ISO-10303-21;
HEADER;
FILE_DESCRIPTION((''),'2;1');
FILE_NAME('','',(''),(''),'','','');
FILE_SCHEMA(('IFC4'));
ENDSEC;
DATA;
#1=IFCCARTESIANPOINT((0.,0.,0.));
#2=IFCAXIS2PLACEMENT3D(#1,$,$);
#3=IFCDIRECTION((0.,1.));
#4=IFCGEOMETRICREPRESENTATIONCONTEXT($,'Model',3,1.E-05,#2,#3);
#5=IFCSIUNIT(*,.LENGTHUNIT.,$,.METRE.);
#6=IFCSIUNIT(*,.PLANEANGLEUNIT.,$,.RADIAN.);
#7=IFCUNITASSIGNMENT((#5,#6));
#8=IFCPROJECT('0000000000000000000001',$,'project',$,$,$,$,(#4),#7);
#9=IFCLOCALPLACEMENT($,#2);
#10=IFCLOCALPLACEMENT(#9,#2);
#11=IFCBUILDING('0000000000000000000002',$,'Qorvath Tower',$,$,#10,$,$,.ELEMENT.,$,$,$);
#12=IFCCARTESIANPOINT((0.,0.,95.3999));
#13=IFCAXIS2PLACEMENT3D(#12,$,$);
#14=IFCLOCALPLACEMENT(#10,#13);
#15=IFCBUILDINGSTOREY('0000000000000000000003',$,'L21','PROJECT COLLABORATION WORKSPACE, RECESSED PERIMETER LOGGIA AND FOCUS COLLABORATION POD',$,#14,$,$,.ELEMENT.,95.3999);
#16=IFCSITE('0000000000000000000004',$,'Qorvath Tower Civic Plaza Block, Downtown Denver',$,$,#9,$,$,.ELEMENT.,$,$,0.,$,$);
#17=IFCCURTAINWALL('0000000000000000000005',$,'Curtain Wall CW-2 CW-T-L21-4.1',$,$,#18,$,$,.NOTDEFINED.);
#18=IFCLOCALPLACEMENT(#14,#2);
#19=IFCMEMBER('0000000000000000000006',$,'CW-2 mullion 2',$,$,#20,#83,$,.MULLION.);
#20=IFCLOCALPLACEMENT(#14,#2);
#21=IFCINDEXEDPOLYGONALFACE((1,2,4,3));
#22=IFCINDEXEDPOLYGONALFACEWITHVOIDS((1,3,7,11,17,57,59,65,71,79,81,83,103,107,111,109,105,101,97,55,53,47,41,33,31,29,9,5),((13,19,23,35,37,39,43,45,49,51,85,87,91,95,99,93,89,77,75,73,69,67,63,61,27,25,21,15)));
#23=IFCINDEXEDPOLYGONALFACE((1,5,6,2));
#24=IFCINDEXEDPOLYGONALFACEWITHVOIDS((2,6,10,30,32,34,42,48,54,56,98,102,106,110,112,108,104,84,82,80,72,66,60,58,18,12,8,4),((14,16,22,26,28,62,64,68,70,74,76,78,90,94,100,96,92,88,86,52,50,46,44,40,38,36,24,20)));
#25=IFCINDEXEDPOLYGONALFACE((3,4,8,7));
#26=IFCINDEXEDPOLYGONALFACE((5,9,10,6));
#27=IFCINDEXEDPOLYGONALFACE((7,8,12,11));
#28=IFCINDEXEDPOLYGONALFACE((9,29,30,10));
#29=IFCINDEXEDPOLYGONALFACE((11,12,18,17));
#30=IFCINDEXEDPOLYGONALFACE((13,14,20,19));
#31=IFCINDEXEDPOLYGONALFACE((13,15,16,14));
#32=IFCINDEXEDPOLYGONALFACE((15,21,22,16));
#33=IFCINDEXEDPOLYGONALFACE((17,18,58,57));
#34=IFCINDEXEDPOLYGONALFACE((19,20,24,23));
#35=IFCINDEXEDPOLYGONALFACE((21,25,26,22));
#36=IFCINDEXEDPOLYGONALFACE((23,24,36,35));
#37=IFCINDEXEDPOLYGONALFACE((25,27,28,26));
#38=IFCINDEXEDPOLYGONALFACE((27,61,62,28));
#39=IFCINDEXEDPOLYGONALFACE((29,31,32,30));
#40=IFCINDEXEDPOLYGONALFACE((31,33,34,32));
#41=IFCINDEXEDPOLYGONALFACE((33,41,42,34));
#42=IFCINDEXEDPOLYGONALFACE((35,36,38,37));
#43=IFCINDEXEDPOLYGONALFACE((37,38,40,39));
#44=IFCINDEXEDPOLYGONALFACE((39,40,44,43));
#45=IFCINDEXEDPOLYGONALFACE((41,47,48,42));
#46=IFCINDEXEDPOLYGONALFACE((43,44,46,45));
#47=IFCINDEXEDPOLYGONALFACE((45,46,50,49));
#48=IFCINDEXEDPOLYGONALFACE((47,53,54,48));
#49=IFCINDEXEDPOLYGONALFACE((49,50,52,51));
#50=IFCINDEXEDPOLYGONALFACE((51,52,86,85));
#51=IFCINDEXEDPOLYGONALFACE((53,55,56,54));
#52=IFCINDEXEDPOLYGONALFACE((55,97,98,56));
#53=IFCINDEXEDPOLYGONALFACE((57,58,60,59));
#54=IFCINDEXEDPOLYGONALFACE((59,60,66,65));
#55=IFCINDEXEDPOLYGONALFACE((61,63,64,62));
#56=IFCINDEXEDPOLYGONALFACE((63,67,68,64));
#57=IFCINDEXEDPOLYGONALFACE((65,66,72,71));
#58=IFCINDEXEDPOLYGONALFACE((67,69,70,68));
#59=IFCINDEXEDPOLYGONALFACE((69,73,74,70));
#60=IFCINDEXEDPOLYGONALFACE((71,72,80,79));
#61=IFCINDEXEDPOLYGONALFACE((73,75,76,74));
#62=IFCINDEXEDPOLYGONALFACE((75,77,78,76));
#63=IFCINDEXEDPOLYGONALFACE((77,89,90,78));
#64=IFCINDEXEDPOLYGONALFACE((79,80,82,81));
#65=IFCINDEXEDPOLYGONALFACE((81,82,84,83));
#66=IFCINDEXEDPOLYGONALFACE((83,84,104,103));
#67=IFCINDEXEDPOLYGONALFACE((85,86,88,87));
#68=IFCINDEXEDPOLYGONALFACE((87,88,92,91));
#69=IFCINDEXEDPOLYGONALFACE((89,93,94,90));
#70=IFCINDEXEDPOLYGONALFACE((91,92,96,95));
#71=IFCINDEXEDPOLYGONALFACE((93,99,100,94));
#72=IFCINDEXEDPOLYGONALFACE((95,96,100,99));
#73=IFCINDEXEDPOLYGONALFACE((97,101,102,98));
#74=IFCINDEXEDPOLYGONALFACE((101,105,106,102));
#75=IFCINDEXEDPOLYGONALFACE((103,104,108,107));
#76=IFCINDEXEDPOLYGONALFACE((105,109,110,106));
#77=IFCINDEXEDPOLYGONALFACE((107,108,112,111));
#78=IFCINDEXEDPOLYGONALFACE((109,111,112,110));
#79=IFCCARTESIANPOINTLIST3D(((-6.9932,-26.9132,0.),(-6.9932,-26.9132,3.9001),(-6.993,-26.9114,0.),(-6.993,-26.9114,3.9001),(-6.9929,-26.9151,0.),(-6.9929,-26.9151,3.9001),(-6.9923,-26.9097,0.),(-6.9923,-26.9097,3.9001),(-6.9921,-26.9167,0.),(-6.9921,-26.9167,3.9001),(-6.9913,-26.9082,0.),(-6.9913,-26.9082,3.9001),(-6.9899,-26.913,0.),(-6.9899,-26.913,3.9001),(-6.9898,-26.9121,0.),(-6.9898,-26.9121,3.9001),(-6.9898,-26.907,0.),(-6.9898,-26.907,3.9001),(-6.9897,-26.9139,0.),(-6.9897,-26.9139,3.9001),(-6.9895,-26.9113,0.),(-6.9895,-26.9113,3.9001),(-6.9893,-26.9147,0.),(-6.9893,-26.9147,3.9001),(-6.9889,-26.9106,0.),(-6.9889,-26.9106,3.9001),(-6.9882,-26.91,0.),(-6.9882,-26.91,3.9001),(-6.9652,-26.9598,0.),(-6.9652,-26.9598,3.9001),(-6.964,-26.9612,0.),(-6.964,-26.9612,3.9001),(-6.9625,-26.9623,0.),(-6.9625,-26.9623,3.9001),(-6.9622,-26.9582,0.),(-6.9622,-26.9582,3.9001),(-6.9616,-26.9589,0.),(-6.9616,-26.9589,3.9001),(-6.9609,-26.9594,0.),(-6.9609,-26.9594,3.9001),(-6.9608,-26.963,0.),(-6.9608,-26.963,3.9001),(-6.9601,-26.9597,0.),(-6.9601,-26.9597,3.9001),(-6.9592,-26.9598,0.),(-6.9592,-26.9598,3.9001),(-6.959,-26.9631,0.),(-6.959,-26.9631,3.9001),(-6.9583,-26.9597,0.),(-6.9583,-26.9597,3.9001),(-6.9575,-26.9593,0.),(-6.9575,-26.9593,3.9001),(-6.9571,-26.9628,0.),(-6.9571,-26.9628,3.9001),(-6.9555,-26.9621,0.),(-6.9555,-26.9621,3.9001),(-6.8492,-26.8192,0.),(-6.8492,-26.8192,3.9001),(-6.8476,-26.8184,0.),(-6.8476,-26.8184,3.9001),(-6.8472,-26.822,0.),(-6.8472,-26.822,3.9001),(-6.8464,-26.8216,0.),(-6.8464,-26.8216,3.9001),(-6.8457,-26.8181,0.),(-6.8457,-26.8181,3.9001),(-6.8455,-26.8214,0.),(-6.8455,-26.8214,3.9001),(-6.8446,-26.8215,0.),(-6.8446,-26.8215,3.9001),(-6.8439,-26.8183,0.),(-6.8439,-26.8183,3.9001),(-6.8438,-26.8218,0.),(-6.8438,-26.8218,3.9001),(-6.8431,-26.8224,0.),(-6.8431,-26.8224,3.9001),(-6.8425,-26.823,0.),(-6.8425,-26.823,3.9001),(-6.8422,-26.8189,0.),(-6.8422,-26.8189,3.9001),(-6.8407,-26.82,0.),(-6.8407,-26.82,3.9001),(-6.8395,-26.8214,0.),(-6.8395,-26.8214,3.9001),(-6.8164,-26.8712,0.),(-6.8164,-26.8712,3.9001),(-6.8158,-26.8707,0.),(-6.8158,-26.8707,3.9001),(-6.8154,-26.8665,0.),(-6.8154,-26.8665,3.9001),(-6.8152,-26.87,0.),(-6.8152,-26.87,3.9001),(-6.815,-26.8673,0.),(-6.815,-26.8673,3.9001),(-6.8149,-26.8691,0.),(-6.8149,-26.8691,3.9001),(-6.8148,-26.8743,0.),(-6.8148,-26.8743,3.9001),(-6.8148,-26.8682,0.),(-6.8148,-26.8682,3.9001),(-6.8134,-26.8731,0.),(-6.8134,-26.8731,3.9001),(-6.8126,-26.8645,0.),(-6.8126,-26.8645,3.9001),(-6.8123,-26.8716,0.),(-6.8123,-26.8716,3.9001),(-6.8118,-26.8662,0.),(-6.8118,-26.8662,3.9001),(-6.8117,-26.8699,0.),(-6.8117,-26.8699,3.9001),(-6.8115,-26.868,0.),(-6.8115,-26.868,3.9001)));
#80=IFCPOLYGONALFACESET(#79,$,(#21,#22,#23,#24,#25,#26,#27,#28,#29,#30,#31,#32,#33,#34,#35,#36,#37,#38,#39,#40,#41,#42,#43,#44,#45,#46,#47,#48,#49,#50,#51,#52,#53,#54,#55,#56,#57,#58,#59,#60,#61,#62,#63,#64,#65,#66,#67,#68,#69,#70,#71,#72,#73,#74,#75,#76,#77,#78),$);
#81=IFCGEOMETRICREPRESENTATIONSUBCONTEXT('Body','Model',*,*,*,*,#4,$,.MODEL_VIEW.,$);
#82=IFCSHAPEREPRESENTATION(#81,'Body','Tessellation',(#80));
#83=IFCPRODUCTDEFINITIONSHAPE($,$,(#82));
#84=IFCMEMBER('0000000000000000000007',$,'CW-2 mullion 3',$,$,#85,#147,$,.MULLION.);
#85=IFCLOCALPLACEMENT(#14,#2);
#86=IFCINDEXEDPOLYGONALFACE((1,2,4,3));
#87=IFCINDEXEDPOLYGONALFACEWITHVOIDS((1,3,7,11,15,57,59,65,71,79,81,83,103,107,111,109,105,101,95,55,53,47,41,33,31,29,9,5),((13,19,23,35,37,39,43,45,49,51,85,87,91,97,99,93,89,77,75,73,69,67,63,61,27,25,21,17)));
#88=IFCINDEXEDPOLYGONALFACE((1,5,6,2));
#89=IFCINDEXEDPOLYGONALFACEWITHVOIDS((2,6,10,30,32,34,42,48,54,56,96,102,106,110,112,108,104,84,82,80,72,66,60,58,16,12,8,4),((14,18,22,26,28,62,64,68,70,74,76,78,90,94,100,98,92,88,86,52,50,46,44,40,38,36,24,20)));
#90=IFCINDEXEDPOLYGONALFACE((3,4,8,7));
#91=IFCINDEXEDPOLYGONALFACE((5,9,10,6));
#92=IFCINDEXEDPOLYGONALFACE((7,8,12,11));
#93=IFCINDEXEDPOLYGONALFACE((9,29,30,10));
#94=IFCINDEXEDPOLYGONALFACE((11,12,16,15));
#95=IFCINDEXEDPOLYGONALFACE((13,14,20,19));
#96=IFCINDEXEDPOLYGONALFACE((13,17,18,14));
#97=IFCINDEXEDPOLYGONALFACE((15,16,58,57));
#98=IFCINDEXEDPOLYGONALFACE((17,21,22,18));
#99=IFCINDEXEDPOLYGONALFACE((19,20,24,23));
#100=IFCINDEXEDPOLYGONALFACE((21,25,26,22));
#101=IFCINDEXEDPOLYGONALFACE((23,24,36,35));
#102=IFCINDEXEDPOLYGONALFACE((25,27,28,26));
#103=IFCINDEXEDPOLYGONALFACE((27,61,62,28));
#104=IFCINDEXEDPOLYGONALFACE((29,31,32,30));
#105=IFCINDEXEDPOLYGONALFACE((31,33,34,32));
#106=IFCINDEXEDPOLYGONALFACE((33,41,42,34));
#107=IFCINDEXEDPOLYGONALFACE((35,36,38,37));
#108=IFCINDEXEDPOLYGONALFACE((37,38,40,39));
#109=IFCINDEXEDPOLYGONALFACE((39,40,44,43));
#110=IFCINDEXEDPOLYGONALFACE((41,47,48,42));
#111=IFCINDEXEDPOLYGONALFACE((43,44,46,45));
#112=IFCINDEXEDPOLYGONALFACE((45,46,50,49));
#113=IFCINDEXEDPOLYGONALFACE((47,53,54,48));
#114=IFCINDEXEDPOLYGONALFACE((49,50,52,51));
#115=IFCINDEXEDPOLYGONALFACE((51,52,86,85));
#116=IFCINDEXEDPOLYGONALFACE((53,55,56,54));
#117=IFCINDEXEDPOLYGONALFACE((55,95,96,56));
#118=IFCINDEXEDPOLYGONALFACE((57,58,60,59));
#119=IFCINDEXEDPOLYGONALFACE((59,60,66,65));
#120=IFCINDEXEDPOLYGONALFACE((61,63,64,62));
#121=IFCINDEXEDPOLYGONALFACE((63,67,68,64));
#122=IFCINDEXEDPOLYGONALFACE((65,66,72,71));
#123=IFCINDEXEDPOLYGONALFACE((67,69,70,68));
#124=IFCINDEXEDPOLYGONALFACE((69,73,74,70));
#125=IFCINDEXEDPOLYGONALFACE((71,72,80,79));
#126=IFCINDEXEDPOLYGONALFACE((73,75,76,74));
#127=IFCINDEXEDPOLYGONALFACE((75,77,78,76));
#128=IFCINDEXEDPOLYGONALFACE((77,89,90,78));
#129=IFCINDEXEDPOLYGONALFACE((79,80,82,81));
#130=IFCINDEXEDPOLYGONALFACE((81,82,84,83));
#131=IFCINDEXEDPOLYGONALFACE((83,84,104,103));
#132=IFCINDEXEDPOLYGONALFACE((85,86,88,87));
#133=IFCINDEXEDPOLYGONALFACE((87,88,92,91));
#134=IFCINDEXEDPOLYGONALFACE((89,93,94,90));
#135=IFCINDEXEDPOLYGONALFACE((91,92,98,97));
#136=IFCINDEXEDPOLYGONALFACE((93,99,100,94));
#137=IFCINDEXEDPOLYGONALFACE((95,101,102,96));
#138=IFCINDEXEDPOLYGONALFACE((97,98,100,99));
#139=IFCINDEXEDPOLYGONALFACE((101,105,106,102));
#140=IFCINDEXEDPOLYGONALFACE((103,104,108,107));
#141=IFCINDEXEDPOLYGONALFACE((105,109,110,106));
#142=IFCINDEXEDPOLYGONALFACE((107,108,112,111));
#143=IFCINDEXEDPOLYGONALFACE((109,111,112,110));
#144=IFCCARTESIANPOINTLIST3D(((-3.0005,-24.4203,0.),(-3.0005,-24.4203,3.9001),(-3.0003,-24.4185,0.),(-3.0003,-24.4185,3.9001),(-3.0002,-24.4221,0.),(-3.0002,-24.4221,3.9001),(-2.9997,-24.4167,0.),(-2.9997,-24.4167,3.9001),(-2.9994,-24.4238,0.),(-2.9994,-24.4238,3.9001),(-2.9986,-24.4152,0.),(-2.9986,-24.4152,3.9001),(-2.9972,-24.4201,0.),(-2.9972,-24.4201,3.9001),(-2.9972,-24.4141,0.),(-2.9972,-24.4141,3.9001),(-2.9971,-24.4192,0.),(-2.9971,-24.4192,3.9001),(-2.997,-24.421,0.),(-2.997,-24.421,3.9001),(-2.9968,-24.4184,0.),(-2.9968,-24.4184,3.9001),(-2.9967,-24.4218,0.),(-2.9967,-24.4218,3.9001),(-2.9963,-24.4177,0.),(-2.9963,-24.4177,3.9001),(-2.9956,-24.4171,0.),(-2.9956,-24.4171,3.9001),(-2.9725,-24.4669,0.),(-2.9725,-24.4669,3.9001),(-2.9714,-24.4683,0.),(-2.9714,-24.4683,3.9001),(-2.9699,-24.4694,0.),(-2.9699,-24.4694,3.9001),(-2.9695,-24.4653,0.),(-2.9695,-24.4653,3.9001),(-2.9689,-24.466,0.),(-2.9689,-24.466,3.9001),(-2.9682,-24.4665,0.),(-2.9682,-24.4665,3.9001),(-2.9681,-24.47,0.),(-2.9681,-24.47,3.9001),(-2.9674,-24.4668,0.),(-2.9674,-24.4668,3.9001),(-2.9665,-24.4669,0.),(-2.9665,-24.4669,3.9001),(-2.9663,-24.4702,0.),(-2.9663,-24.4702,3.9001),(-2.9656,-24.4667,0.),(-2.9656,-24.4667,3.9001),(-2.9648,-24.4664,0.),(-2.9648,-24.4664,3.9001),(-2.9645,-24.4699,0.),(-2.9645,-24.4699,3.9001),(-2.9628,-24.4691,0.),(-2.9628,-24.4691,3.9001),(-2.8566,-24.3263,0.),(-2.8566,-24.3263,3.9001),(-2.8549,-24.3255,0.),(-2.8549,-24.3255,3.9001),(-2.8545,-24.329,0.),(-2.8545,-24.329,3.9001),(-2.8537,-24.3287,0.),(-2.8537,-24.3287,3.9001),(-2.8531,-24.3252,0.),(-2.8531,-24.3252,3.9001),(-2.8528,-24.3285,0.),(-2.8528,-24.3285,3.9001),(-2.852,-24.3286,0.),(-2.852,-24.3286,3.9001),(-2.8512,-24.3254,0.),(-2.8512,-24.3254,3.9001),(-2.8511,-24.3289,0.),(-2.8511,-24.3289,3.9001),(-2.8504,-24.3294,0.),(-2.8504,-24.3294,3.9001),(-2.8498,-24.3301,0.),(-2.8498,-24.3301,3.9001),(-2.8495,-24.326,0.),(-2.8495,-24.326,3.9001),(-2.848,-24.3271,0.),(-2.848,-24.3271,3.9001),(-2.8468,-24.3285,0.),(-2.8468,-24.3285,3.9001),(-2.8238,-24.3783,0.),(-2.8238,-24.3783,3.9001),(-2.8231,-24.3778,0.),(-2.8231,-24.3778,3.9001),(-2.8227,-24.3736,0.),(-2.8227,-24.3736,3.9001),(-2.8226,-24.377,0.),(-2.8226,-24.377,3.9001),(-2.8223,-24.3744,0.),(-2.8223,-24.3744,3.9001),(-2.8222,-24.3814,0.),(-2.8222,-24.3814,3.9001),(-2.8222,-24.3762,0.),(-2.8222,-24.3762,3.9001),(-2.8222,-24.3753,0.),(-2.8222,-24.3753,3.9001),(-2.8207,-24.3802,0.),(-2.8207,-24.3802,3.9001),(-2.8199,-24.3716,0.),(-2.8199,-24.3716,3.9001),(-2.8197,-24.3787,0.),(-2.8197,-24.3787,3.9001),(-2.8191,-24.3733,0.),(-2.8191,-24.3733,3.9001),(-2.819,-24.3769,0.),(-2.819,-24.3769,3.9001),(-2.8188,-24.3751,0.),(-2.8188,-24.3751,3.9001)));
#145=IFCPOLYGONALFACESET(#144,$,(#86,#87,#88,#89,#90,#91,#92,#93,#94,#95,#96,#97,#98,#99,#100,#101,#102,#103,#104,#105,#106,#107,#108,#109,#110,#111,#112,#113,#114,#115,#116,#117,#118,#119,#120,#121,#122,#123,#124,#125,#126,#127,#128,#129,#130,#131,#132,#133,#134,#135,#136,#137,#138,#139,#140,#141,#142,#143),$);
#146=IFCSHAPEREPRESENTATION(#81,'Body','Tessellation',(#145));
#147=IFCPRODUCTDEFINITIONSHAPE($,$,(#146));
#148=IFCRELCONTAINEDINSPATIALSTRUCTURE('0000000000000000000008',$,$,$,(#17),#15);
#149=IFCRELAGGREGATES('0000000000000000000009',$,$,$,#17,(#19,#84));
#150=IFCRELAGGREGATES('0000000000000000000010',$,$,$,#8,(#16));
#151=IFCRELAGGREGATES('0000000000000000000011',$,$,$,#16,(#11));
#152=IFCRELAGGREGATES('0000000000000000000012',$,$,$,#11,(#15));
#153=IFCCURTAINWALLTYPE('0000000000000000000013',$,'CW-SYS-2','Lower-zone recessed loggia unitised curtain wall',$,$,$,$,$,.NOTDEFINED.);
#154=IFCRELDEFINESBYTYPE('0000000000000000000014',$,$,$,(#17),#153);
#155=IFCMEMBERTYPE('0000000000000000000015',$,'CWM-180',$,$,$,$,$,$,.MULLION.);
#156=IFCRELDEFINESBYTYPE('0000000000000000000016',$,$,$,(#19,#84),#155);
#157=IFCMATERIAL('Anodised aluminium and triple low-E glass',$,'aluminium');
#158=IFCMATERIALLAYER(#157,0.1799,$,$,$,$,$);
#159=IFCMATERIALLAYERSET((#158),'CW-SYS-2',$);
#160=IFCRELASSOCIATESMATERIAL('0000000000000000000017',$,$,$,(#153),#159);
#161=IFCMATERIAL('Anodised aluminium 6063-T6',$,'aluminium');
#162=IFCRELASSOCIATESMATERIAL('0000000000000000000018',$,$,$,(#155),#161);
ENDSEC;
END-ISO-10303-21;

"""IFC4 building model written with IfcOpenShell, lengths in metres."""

from ifc_helpers import new_model, si_unit, direction, frame, origin, origin_2d, place, context, subcontext, project, spatial, hollow_rectangle, extrude, material, layer, layer_set, material_profile, profile_set, type_object, element, aggregate, save


model = new_model("IFC4")

# Units and contexts
model_context = context("Model", 3, precision=1e-05, world=origin(), true_north=direction((0.0, 1.0)))
body_context = subcontext(model_context, "Body", "Model", "MODEL_VIEW")
ifc_project = project(units=[si_unit("LENGTHUNIT", "METRE"), si_unit("PLANEANGLEUNIT", "RADIAN")], contexts=[model_context])

# Site, building, storey
site_placement = place(None, origin())
site = spatial("IfcSite", under=ifc_project, at=site_placement, Name="Qorvath Tower Civic Plaza Block, Downtown Denver", CompositionType="ELEMENT", RefElevation=0.0)
building_placement = place(site_placement, origin())
building = spatial("IfcBuilding", under=site, at=building_placement, Name="Qorvath Tower", CompositionType="ELEMENT")
storey_placement = place(building_placement, frame((0.0, 0.0, 95.3999)))
storey = spatial("IfcBuildingStorey", under=building, at=storey_placement, Name="L21", Description="PROJECT COLLABORATION WORKSPACE, RECESSED PERIMETER LOGGIA AND FOCUS COLLABORATION POD", CompositionType="ELEMENT", Elevation=95.3999)

# Curtain wall, members
ifc_material_1 = material(Name="Anodised aluminium and triple low-E glass", Category="aluminium")
ifc_layer_1 = layer(ifc_material_1, 0.1799)
ifc_layer_set_1 = layer_set([ifc_layer_1], Name="CW-SYS-2")
curtain_wall_type = type_object("IfcCurtainWallType", Name="CW-SYS-2", Description="Lower-zone recessed loggia unitised curtain wall", PredefinedType="NOTDEFINED", material=ifc_layer_set_1)
curtain_wall_1_placement = place(storey_placement, origin())
curtain_wall_1 = element("IfcCurtainWall", 1, at=curtain_wall_1_placement, inside=storey, type_object=curtain_wall_type, Name="Curtain Wall CW-2 CW-T-L21-4.1", PredefinedType="NOTDEFINED")
ifc_material_2 = material(Name="Anodised aluminium 6063-T6", Category="aluminium")
ifc_material_profile_1 = material_profile(ifc_material_2, hollow_rectangle(XDim=0.0649, YDim=0.1799, WallThickness=0.0034, InnerFilletRadius=0.0034, OuterFilletRadius=0.0071, at=origin_2d()), Name="CWM 180x65")
ifc_profile_set_1 = profile_set([ifc_material_profile_1], Name="Anodised aluminium 6063-T6")
member_type_1 = type_object("IfcMemberType", Name="CWM-180", PredefinedType="MULLION", material=ifc_profile_set_1)
member_1_placement = place(storey_placement, frame((-6.9023, -26.8906, 0.0), z_axis=(0.0, 0.0, 1.0), x_axis=(-0.529596, 0.84825, 0.0)))
member_1 = element("IfcMember", 2, at=member_1_placement, type_object=member_type_1, Name="CW-2 mullion 2", PredefinedType="MULLION", context=body_context, shape_type="SweptSolid", body=[
    extrude(hollow_rectangle(XDim=0.0649, YDim=0.1799, WallThickness=0.0034, InnerFilletRadius=0.0034, OuterFilletRadius=0.0071, at=origin_2d()), origin(), (0.0, 0.0, 1.0), 3.9001),
])
member_2_placement = place(storey_placement, frame((-2.9097, -24.3977, 0.0), z_axis=(0.0, 0.0, 1.0), x_axis=(-0.529596, 0.84825, 0.0)))
member_2 = element("IfcMember", 3, at=member_2_placement, type_object=member_type_1, Name="CW-2 mullion 3", PredefinedType="MULLION", context=body_context, shape_type="SweptSolid", body=[
    extrude(hollow_rectangle(XDim=0.0649, YDim=0.1799, WallThickness=0.0034, InnerFilletRadius=0.0034, OuterFilletRadius=0.0071, at=origin_2d()), origin(), (0.0, 0.0, 1.0), 3.9001),
])

aggregate(curtain_wall_1, [member_1, member_2])

save(model, "model.ifc")
